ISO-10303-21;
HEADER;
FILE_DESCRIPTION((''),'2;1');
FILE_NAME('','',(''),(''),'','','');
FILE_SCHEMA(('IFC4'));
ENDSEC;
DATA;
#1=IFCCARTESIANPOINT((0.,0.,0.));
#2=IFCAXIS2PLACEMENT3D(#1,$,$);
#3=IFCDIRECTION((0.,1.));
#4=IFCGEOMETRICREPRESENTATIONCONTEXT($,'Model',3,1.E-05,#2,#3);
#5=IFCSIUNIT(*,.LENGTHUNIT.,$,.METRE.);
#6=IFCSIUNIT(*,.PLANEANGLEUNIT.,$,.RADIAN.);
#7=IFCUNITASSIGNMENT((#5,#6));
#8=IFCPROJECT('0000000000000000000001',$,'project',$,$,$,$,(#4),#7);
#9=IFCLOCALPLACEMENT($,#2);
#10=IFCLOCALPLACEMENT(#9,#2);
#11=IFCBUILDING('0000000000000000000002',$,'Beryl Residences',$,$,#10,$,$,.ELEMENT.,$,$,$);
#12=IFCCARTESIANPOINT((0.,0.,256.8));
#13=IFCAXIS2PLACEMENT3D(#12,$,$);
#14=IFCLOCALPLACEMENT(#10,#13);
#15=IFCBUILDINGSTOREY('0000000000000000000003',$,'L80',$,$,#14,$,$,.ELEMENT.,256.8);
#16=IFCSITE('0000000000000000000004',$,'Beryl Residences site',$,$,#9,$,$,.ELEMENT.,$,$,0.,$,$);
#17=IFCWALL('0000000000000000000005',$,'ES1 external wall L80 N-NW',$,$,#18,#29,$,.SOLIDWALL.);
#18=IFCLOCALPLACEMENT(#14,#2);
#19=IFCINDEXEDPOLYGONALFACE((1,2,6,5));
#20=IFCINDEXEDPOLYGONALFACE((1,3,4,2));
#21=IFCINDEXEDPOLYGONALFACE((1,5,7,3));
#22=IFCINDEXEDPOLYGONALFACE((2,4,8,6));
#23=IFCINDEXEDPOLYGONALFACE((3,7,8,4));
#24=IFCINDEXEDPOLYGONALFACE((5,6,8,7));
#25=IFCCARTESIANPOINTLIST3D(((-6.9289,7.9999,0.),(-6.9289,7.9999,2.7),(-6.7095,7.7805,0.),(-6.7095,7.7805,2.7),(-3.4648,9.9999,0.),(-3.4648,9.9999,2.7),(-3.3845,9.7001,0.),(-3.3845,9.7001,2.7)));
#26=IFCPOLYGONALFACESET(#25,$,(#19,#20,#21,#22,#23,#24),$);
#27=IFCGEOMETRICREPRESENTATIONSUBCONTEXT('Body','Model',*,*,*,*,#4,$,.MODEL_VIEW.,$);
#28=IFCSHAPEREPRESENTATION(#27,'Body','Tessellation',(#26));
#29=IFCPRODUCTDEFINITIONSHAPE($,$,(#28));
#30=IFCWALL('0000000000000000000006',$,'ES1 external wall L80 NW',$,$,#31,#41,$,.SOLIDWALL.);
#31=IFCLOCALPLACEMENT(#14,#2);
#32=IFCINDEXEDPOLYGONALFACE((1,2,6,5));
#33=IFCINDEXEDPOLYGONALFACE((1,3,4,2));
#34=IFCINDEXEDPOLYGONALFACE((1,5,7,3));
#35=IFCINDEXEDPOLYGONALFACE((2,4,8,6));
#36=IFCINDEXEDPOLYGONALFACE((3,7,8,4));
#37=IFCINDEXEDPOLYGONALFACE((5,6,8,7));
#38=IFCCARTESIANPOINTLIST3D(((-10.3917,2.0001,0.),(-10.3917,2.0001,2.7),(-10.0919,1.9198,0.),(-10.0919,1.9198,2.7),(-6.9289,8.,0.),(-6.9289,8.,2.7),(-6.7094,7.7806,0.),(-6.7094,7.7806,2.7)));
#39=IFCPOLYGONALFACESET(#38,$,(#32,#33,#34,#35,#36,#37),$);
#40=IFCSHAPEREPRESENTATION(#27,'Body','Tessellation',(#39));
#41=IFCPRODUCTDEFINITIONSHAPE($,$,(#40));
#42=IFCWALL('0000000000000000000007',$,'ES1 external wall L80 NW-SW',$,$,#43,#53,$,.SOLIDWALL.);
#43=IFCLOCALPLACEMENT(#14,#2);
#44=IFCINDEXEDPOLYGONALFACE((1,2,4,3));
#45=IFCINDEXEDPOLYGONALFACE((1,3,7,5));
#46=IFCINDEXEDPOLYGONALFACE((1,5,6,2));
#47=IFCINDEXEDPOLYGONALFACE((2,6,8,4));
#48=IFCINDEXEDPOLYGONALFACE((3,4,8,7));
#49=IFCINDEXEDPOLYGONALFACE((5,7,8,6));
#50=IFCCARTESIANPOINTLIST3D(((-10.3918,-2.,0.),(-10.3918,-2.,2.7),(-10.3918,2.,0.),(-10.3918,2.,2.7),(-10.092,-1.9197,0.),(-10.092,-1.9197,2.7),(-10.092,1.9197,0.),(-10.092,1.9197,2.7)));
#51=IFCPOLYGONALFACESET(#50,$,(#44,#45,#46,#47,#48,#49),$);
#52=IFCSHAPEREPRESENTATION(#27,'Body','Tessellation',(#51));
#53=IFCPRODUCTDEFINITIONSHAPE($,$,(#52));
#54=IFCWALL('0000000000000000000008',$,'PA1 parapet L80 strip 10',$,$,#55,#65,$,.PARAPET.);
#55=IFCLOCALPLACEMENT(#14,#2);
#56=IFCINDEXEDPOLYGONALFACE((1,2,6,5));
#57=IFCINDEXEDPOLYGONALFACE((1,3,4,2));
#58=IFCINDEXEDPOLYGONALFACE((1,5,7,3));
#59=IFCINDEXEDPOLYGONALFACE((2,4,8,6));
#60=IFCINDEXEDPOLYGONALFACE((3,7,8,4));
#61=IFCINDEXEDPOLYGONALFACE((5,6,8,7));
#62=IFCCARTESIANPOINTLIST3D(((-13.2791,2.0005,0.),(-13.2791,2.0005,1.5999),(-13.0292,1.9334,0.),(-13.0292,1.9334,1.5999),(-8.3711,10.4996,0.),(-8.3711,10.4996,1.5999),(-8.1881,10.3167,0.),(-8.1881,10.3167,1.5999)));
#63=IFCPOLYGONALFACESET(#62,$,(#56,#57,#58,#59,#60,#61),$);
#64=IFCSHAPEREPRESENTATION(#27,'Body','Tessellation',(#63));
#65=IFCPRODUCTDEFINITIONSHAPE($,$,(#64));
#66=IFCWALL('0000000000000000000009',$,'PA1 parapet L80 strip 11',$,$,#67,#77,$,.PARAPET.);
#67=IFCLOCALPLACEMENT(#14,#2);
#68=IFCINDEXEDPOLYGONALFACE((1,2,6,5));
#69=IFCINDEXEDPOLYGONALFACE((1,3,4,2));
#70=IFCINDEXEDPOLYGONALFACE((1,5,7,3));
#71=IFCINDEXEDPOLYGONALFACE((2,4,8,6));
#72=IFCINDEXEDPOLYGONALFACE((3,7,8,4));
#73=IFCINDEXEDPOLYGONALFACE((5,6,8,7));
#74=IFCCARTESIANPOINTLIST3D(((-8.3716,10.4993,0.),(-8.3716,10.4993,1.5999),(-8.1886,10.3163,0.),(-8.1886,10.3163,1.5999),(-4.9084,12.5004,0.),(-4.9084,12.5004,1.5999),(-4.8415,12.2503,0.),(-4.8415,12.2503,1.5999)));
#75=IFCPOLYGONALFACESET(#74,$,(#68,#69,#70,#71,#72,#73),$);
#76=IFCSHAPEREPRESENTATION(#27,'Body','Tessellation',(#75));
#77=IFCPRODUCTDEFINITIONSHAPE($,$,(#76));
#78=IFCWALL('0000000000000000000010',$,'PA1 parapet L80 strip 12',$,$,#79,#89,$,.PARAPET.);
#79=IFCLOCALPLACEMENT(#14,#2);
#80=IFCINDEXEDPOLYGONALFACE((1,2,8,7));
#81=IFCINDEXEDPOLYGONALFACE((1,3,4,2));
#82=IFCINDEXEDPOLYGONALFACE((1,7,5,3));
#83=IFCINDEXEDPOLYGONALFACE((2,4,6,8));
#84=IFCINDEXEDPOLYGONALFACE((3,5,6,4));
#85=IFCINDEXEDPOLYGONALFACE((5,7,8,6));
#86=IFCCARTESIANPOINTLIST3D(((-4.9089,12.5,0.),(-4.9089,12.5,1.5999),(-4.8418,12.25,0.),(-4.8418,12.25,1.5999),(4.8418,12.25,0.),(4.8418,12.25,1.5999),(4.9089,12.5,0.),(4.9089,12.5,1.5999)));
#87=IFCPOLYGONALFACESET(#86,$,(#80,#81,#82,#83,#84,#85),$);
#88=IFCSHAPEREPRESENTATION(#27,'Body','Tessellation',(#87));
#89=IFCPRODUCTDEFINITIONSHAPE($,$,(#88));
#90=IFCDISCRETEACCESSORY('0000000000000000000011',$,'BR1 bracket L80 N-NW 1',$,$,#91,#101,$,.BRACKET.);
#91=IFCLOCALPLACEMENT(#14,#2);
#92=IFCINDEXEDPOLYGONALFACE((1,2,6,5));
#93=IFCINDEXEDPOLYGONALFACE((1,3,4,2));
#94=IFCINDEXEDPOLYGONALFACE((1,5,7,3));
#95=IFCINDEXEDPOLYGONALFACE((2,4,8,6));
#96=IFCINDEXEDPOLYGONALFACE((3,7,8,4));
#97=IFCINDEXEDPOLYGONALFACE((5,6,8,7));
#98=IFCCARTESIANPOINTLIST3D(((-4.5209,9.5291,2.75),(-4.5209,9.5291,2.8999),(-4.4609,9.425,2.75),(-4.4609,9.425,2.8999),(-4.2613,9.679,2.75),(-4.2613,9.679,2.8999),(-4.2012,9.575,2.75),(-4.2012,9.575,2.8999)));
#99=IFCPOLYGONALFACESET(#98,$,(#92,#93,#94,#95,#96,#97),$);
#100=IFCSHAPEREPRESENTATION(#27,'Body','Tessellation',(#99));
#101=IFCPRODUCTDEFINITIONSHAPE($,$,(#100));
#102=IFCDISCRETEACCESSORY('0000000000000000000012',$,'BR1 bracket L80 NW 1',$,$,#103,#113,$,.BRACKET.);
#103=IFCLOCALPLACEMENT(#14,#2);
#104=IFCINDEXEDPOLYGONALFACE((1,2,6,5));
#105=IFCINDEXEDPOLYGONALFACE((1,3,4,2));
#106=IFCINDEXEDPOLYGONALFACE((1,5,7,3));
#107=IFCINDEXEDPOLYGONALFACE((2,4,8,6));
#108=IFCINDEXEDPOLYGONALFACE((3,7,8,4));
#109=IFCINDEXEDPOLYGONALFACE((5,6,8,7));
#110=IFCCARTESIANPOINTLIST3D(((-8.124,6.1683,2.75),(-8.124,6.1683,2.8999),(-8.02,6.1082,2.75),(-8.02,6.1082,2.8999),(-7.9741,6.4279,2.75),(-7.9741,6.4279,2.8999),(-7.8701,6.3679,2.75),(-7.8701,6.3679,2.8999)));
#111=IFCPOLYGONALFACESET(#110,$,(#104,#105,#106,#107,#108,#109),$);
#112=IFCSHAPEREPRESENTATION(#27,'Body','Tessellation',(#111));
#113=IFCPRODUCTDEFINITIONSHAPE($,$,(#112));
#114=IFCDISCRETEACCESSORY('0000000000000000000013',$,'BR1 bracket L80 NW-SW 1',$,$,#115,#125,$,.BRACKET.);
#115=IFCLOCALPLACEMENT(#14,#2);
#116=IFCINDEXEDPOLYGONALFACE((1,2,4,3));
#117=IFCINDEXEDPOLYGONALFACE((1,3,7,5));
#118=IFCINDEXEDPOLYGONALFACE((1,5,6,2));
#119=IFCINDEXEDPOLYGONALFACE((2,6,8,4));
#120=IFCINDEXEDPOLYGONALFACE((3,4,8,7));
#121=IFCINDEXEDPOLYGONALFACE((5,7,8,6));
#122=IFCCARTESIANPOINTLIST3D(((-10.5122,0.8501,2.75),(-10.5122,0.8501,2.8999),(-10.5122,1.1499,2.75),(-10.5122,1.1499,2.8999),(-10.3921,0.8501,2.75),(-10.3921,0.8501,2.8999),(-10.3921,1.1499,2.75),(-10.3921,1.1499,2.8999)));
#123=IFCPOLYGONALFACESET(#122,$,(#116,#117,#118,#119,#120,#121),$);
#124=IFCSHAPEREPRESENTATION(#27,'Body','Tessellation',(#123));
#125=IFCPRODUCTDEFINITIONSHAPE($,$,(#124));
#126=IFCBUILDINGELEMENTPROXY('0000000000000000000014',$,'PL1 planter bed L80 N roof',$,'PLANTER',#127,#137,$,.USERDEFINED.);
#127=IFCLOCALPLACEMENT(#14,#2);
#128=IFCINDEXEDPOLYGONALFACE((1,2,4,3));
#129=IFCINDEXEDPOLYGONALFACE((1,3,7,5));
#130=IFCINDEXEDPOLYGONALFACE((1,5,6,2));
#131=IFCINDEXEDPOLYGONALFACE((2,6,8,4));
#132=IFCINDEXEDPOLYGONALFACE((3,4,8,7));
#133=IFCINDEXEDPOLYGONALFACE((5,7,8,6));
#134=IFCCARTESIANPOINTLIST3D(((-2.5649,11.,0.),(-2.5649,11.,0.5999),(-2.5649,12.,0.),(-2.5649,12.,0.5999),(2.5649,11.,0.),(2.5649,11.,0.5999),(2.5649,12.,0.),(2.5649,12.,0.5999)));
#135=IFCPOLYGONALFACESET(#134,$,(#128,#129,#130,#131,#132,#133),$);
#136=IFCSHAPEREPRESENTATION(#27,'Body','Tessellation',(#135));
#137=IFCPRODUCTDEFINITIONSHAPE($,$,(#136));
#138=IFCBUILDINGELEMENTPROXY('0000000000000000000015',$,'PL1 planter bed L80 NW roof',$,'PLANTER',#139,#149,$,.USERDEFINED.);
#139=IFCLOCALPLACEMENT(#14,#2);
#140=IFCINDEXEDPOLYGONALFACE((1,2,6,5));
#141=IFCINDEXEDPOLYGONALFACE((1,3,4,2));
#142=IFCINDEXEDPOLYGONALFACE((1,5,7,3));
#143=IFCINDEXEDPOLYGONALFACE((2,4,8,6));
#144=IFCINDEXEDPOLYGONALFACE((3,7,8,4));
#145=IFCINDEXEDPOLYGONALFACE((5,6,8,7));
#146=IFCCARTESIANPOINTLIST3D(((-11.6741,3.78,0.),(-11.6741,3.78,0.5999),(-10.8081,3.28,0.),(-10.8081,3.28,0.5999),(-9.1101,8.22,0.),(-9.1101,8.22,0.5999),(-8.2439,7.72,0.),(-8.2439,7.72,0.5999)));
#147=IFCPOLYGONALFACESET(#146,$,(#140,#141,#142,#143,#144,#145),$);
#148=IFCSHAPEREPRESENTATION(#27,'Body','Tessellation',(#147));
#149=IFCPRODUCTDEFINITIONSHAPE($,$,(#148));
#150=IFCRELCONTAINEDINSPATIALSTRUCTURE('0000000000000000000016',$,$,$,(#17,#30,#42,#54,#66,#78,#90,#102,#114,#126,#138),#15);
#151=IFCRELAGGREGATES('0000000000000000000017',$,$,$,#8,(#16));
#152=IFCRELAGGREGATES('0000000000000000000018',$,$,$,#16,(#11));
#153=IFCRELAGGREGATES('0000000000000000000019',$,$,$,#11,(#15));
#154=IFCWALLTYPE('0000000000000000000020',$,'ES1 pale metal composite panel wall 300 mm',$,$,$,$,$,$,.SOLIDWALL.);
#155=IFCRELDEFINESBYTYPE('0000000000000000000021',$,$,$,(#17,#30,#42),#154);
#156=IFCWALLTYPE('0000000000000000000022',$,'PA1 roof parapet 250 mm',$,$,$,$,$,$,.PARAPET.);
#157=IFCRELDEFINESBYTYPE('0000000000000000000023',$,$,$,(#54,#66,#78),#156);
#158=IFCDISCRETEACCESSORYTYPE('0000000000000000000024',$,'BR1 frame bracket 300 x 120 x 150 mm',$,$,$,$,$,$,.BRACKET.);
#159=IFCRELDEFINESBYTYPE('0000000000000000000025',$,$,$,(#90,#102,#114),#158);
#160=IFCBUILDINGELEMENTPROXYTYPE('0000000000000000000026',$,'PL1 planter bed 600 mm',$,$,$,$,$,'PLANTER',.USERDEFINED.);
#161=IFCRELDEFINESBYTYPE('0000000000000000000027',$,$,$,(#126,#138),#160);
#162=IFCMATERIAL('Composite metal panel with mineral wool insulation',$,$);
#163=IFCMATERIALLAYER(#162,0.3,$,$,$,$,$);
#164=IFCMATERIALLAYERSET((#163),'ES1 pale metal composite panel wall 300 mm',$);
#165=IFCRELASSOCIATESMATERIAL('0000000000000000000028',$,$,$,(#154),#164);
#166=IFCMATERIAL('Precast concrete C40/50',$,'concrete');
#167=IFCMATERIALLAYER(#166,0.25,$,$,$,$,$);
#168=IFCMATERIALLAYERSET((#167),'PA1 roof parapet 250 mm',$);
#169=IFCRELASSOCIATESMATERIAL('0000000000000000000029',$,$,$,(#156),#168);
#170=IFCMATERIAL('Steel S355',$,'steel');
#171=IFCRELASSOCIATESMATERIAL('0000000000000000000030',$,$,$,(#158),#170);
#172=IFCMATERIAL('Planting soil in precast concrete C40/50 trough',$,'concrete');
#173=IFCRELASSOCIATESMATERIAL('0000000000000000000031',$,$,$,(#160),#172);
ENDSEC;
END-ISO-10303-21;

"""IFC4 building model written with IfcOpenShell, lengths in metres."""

from ifc_helpers import new_model, si_unit, direction, frame, origin, place, context, subcontext, project, spatial, polyline, outline, extrude, source, transform, mapped, material, layer, layer_set, type_object, type_shapes, element, save


model = new_model("IFC4")

# Units and contexts
model_context = context("Model", 3, precision=1e-05, world=origin(), true_north=direction((0.0, 1.0)))
body_context = subcontext(model_context, "Body", "Model", "MODEL_VIEW")
ifc_project = project(units=[si_unit("LENGTHUNIT", "METRE"), si_unit("PLANEANGLEUNIT", "RADIAN")], contexts=[model_context])

# Site, building, storey
site_placement = place(None, origin())
site = spatial("IfcSite", under=ifc_project, at=site_placement, Name="Beryl Residences site", CompositionType="ELEMENT", RefElevation=0.0)
building_placement = place(site_placement, origin())
building = spatial("IfcBuilding", under=site, at=building_placement, Name="Beryl Residences", CompositionType="ELEMENT")
storey_placement = place(building_placement, frame((0.0, 0.0, 256.8)))
storey = spatial("IfcBuildingStorey", under=building, at=storey_placement, Name="L80", CompositionType="ELEMENT", Elevation=256.8)

# Walls
ifc_material_1 = material(Name="Composite metal panel with mineral wool insulation")
ifc_layer_1 = layer(ifc_material_1, 0.3)
ifc_layer_set_1 = layer_set([ifc_layer_1], Name="ES1 pale metal composite panel wall 300 mm")
wall_type_1 = type_object("IfcWallType", Name="ES1 pale metal composite panel wall 300 mm", PredefinedType="SOLIDWALL", material=ifc_layer_set_1)
wall_1_placement = place(storey_placement, frame((-3.3899, 9.8701, 0.0), z_axis=(0.0, 0.0, 1.0), x_axis=(-0.866026, -0.499999, 0.0)))
element("IfcWall", 1, at=wall_1_placement, inside=storey, type_object=wall_type_1, Name="ES1 external wall L80 N-NW", PredefinedType="SOLIDWALL", context=body_context, shape_type="SweptSolid", body=[
    extrude(outline(polyline([(0.0, -0.1499), (4.0, -0.1499), (3.9197, 0.1499), (0.0803, 0.1499), (0.0, -0.1499)])), origin(), (0.0, 0.0, 1.0), 2.7),
])
wall_2_placement = place(storey_placement, frame((-6.7991, 7.925, 0.0), z_axis=(0.0, 0.0, 1.0), x_axis=(-0.499869, -0.866101, 0.0)))
element("IfcWall", 2, at=wall_2_placement, inside=storey, type_object=wall_type_1, Name="ES1 external wall L80 NW", PredefinedType="SOLIDWALL", context=body_context, shape_type="SweptSolid", body=[
    extrude(outline(polyline([(0.0, -0.1499), (6.9275, -0.1499), (6.8472, 0.1499), (0.0803, 0.1499), (0.0, -0.1499)])), origin(), (0.0, 0.0, 1.0), 2.7),
])
wall_3_placement = place(storey_placement, frame((-10.2419, 2.0, 0.0), z_axis=(0.0, 0.0, 1.0), x_axis=(0.0, -1.0, 0.0)))
element("IfcWall", 3, at=wall_3_placement, inside=storey, type_object=wall_type_1, Name="ES1 external wall L80 NW-SW", PredefinedType="SOLIDWALL", context=body_context, shape_type="SweptSolid", body=[
    extrude(outline(polyline([(0.0, -0.1499), (4.0, -0.1499), (3.9197, 0.1499), (0.0803, 0.1499), (0.0, -0.1499)])), origin(), (0.0, 0.0, 1.0), 2.7),
])
ifc_material_2 = material(Name="Precast concrete C40/50", Category="concrete")
ifc_layer_2 = layer(ifc_material_2, 0.25)
ifc_layer_set_2 = layer_set([ifc_layer_2], Name="PA1 roof parapet 250 mm")
wall_type_2 = type_object("IfcWallType", Name="PA1 roof parapet 250 mm", PredefinedType="PARAPET", material=ifc_layer_set_2)
wall_4_placement = place(storey_placement, frame((-13.1709, 1.938, 0.0), z_axis=(0.0, 0.0, 1.0), x_axis=(0.50008, 0.865979, 0.0)))
element("IfcWall", 4, at=wall_4_placement, inside=storey, type_object=wall_type_2, Name="PA1 parapet L80 strip 10", PredefinedType="PARAPET", context=body_context, shape_type="SweptSolid", body=[
    extrude(outline(polyline([(0.0669, -0.125), (9.7476, -0.125), (9.8145, 0.125), (0.0, 0.125), (0.0669, -0.125)])), origin(), (0.0, 0.0, 1.0), 1.5999),
])
wall_5_placement = place(storey_placement, frame((-8.3091, 10.3911, 0.0), z_axis=(0.0, 0.0, 1.0), x_axis=(0.865859, 0.500288, 0.0)))
element("IfcWall", 5, at=wall_5_placement, inside=storey, type_object=wall_type_2, Name="PA1 parapet L80 strip 11", PredefinedType="PARAPET", context=body_context, shape_type="SweptSolid", body=[
    extrude(outline(polyline([(0.0669, -0.125), (3.9326, -0.125), (3.9998, 0.125), (0.0, 0.125), (0.0669, -0.125)])), origin(), (0.0, 0.0, 1.0), 1.5999),
])
wall_6_placement = place(storey_placement, frame((-4.9089, 12.375, 0.0), z_axis=(0.0, 0.0, 1.0), x_axis=(1.0, 0.0, 0.0)))
element("IfcWall", 6, at=wall_6_placement, inside=storey, type_object=wall_type_2, Name="PA1 parapet L80 strip 12", PredefinedType="PARAPET", context=body_context, shape_type="SweptSolid", body=[
    extrude(outline(polyline([(0.0671, -0.125), (9.7507, -0.125), (9.8179, 0.125), (0.0, 0.125), (0.0671, -0.125)])), origin(), (0.0, 0.0, 1.0), 1.5999),
])

# Discrete accessories
ifc_material_3 = material(Name="Steel S355", Category="steel")
discrete_accessory_type = type_object("IfcDiscreteAccessoryType", Name="BR1 frame bracket 300 x 120 x 150 mm", PredefinedType="BRACKET", material=ifc_material_3)
shared_shape_1 = source(origin(), body_context, "Body", "SweptSolid", [
    extrude(outline(polyline([(-0.1499, 0.0), (0.1499, 0.0), (0.1499, 0.1201), (-0.1499, 0.1201), (-0.1499, 0.0)])), origin(), (0.0, 0.0, 1.0), 0.1499),
])
type_shapes(discrete_accessory_type, [shared_shape_1])
for number, where, z_axis, x_axis, name in (
    (7, (-4.3311, 9.5, 2.75), (0.0, 0.0, 1.0), (0.866025, 0.5, 0.0), "BR1 bracket L80 N-NW 1"),
    (8, (-7.9451, 6.238, 2.75), (0.0, 0.0, 1.0), (0.5, 0.866025, 0.0), "BR1 bracket L80 NW 1"),
    (9, (-10.3921, 1.0, 2.75), (0.0, 0.0, 1.0), (0.0, 1.0, 0.0), "BR1 bracket L80 NW-SW 1"),
):
    element("IfcDiscreteAccessory", number, at=place(storey_placement, frame(where, z_axis=z_axis, x_axis=x_axis)), inside=storey, type_object=discrete_accessory_type, Name=name, PredefinedType="BRACKET", context=body_context, shape_type="MappedRepresentation", body=[
        mapped(shared_shape_1, transform((0.0, 0.0, 0.0))),
    ])

# Building element proxies
ifc_material_4 = material(Name="Planting soil in precast concrete C40/50 trough", Category="concrete")
building_element_proxy_type = type_object("IfcBuildingElementProxyType", Name="PL1 planter bed 600 mm", ElementType="PLANTER", PredefinedType="USERDEFINED", material=ifc_material_4)
proxy_1_placement = place(storey_placement, origin())
element("IfcBuildingElementProxy", 10, at=proxy_1_placement, inside=storey, type_object=building_element_proxy_type, Name="PL1 planter bed L80 N roof", ObjectType="PLANTER", PredefinedType="USERDEFINED", context=body_context, shape_type="SweptSolid", body=[
    extrude(outline(polyline([(2.5649, 12.0), (-2.5649, 12.0), (-2.5649, 11.0), (2.5649, 11.0), (2.5649, 12.0)])), origin(), (0.0, 0.0, 1.0), 0.5999),
])
proxy_2_placement = place(storey_placement, origin())
element("IfcBuildingElementProxy", 11, at=proxy_2_placement, inside=storey, type_object=building_element_proxy_type, Name="PL1 planter bed L80 NW roof", ObjectType="PLANTER", PredefinedType="USERDEFINED", context=body_context, shape_type="SweptSolid", body=[
    extrude(outline(polyline([(-9.1101, 8.22), (-11.6741, 3.78), (-10.8081, 3.28), (-8.2439, 7.72), (-9.1101, 8.22)])), origin(), (0.0, 0.0, 1.0), 0.5999),
])

save(model, "model.ifc")
